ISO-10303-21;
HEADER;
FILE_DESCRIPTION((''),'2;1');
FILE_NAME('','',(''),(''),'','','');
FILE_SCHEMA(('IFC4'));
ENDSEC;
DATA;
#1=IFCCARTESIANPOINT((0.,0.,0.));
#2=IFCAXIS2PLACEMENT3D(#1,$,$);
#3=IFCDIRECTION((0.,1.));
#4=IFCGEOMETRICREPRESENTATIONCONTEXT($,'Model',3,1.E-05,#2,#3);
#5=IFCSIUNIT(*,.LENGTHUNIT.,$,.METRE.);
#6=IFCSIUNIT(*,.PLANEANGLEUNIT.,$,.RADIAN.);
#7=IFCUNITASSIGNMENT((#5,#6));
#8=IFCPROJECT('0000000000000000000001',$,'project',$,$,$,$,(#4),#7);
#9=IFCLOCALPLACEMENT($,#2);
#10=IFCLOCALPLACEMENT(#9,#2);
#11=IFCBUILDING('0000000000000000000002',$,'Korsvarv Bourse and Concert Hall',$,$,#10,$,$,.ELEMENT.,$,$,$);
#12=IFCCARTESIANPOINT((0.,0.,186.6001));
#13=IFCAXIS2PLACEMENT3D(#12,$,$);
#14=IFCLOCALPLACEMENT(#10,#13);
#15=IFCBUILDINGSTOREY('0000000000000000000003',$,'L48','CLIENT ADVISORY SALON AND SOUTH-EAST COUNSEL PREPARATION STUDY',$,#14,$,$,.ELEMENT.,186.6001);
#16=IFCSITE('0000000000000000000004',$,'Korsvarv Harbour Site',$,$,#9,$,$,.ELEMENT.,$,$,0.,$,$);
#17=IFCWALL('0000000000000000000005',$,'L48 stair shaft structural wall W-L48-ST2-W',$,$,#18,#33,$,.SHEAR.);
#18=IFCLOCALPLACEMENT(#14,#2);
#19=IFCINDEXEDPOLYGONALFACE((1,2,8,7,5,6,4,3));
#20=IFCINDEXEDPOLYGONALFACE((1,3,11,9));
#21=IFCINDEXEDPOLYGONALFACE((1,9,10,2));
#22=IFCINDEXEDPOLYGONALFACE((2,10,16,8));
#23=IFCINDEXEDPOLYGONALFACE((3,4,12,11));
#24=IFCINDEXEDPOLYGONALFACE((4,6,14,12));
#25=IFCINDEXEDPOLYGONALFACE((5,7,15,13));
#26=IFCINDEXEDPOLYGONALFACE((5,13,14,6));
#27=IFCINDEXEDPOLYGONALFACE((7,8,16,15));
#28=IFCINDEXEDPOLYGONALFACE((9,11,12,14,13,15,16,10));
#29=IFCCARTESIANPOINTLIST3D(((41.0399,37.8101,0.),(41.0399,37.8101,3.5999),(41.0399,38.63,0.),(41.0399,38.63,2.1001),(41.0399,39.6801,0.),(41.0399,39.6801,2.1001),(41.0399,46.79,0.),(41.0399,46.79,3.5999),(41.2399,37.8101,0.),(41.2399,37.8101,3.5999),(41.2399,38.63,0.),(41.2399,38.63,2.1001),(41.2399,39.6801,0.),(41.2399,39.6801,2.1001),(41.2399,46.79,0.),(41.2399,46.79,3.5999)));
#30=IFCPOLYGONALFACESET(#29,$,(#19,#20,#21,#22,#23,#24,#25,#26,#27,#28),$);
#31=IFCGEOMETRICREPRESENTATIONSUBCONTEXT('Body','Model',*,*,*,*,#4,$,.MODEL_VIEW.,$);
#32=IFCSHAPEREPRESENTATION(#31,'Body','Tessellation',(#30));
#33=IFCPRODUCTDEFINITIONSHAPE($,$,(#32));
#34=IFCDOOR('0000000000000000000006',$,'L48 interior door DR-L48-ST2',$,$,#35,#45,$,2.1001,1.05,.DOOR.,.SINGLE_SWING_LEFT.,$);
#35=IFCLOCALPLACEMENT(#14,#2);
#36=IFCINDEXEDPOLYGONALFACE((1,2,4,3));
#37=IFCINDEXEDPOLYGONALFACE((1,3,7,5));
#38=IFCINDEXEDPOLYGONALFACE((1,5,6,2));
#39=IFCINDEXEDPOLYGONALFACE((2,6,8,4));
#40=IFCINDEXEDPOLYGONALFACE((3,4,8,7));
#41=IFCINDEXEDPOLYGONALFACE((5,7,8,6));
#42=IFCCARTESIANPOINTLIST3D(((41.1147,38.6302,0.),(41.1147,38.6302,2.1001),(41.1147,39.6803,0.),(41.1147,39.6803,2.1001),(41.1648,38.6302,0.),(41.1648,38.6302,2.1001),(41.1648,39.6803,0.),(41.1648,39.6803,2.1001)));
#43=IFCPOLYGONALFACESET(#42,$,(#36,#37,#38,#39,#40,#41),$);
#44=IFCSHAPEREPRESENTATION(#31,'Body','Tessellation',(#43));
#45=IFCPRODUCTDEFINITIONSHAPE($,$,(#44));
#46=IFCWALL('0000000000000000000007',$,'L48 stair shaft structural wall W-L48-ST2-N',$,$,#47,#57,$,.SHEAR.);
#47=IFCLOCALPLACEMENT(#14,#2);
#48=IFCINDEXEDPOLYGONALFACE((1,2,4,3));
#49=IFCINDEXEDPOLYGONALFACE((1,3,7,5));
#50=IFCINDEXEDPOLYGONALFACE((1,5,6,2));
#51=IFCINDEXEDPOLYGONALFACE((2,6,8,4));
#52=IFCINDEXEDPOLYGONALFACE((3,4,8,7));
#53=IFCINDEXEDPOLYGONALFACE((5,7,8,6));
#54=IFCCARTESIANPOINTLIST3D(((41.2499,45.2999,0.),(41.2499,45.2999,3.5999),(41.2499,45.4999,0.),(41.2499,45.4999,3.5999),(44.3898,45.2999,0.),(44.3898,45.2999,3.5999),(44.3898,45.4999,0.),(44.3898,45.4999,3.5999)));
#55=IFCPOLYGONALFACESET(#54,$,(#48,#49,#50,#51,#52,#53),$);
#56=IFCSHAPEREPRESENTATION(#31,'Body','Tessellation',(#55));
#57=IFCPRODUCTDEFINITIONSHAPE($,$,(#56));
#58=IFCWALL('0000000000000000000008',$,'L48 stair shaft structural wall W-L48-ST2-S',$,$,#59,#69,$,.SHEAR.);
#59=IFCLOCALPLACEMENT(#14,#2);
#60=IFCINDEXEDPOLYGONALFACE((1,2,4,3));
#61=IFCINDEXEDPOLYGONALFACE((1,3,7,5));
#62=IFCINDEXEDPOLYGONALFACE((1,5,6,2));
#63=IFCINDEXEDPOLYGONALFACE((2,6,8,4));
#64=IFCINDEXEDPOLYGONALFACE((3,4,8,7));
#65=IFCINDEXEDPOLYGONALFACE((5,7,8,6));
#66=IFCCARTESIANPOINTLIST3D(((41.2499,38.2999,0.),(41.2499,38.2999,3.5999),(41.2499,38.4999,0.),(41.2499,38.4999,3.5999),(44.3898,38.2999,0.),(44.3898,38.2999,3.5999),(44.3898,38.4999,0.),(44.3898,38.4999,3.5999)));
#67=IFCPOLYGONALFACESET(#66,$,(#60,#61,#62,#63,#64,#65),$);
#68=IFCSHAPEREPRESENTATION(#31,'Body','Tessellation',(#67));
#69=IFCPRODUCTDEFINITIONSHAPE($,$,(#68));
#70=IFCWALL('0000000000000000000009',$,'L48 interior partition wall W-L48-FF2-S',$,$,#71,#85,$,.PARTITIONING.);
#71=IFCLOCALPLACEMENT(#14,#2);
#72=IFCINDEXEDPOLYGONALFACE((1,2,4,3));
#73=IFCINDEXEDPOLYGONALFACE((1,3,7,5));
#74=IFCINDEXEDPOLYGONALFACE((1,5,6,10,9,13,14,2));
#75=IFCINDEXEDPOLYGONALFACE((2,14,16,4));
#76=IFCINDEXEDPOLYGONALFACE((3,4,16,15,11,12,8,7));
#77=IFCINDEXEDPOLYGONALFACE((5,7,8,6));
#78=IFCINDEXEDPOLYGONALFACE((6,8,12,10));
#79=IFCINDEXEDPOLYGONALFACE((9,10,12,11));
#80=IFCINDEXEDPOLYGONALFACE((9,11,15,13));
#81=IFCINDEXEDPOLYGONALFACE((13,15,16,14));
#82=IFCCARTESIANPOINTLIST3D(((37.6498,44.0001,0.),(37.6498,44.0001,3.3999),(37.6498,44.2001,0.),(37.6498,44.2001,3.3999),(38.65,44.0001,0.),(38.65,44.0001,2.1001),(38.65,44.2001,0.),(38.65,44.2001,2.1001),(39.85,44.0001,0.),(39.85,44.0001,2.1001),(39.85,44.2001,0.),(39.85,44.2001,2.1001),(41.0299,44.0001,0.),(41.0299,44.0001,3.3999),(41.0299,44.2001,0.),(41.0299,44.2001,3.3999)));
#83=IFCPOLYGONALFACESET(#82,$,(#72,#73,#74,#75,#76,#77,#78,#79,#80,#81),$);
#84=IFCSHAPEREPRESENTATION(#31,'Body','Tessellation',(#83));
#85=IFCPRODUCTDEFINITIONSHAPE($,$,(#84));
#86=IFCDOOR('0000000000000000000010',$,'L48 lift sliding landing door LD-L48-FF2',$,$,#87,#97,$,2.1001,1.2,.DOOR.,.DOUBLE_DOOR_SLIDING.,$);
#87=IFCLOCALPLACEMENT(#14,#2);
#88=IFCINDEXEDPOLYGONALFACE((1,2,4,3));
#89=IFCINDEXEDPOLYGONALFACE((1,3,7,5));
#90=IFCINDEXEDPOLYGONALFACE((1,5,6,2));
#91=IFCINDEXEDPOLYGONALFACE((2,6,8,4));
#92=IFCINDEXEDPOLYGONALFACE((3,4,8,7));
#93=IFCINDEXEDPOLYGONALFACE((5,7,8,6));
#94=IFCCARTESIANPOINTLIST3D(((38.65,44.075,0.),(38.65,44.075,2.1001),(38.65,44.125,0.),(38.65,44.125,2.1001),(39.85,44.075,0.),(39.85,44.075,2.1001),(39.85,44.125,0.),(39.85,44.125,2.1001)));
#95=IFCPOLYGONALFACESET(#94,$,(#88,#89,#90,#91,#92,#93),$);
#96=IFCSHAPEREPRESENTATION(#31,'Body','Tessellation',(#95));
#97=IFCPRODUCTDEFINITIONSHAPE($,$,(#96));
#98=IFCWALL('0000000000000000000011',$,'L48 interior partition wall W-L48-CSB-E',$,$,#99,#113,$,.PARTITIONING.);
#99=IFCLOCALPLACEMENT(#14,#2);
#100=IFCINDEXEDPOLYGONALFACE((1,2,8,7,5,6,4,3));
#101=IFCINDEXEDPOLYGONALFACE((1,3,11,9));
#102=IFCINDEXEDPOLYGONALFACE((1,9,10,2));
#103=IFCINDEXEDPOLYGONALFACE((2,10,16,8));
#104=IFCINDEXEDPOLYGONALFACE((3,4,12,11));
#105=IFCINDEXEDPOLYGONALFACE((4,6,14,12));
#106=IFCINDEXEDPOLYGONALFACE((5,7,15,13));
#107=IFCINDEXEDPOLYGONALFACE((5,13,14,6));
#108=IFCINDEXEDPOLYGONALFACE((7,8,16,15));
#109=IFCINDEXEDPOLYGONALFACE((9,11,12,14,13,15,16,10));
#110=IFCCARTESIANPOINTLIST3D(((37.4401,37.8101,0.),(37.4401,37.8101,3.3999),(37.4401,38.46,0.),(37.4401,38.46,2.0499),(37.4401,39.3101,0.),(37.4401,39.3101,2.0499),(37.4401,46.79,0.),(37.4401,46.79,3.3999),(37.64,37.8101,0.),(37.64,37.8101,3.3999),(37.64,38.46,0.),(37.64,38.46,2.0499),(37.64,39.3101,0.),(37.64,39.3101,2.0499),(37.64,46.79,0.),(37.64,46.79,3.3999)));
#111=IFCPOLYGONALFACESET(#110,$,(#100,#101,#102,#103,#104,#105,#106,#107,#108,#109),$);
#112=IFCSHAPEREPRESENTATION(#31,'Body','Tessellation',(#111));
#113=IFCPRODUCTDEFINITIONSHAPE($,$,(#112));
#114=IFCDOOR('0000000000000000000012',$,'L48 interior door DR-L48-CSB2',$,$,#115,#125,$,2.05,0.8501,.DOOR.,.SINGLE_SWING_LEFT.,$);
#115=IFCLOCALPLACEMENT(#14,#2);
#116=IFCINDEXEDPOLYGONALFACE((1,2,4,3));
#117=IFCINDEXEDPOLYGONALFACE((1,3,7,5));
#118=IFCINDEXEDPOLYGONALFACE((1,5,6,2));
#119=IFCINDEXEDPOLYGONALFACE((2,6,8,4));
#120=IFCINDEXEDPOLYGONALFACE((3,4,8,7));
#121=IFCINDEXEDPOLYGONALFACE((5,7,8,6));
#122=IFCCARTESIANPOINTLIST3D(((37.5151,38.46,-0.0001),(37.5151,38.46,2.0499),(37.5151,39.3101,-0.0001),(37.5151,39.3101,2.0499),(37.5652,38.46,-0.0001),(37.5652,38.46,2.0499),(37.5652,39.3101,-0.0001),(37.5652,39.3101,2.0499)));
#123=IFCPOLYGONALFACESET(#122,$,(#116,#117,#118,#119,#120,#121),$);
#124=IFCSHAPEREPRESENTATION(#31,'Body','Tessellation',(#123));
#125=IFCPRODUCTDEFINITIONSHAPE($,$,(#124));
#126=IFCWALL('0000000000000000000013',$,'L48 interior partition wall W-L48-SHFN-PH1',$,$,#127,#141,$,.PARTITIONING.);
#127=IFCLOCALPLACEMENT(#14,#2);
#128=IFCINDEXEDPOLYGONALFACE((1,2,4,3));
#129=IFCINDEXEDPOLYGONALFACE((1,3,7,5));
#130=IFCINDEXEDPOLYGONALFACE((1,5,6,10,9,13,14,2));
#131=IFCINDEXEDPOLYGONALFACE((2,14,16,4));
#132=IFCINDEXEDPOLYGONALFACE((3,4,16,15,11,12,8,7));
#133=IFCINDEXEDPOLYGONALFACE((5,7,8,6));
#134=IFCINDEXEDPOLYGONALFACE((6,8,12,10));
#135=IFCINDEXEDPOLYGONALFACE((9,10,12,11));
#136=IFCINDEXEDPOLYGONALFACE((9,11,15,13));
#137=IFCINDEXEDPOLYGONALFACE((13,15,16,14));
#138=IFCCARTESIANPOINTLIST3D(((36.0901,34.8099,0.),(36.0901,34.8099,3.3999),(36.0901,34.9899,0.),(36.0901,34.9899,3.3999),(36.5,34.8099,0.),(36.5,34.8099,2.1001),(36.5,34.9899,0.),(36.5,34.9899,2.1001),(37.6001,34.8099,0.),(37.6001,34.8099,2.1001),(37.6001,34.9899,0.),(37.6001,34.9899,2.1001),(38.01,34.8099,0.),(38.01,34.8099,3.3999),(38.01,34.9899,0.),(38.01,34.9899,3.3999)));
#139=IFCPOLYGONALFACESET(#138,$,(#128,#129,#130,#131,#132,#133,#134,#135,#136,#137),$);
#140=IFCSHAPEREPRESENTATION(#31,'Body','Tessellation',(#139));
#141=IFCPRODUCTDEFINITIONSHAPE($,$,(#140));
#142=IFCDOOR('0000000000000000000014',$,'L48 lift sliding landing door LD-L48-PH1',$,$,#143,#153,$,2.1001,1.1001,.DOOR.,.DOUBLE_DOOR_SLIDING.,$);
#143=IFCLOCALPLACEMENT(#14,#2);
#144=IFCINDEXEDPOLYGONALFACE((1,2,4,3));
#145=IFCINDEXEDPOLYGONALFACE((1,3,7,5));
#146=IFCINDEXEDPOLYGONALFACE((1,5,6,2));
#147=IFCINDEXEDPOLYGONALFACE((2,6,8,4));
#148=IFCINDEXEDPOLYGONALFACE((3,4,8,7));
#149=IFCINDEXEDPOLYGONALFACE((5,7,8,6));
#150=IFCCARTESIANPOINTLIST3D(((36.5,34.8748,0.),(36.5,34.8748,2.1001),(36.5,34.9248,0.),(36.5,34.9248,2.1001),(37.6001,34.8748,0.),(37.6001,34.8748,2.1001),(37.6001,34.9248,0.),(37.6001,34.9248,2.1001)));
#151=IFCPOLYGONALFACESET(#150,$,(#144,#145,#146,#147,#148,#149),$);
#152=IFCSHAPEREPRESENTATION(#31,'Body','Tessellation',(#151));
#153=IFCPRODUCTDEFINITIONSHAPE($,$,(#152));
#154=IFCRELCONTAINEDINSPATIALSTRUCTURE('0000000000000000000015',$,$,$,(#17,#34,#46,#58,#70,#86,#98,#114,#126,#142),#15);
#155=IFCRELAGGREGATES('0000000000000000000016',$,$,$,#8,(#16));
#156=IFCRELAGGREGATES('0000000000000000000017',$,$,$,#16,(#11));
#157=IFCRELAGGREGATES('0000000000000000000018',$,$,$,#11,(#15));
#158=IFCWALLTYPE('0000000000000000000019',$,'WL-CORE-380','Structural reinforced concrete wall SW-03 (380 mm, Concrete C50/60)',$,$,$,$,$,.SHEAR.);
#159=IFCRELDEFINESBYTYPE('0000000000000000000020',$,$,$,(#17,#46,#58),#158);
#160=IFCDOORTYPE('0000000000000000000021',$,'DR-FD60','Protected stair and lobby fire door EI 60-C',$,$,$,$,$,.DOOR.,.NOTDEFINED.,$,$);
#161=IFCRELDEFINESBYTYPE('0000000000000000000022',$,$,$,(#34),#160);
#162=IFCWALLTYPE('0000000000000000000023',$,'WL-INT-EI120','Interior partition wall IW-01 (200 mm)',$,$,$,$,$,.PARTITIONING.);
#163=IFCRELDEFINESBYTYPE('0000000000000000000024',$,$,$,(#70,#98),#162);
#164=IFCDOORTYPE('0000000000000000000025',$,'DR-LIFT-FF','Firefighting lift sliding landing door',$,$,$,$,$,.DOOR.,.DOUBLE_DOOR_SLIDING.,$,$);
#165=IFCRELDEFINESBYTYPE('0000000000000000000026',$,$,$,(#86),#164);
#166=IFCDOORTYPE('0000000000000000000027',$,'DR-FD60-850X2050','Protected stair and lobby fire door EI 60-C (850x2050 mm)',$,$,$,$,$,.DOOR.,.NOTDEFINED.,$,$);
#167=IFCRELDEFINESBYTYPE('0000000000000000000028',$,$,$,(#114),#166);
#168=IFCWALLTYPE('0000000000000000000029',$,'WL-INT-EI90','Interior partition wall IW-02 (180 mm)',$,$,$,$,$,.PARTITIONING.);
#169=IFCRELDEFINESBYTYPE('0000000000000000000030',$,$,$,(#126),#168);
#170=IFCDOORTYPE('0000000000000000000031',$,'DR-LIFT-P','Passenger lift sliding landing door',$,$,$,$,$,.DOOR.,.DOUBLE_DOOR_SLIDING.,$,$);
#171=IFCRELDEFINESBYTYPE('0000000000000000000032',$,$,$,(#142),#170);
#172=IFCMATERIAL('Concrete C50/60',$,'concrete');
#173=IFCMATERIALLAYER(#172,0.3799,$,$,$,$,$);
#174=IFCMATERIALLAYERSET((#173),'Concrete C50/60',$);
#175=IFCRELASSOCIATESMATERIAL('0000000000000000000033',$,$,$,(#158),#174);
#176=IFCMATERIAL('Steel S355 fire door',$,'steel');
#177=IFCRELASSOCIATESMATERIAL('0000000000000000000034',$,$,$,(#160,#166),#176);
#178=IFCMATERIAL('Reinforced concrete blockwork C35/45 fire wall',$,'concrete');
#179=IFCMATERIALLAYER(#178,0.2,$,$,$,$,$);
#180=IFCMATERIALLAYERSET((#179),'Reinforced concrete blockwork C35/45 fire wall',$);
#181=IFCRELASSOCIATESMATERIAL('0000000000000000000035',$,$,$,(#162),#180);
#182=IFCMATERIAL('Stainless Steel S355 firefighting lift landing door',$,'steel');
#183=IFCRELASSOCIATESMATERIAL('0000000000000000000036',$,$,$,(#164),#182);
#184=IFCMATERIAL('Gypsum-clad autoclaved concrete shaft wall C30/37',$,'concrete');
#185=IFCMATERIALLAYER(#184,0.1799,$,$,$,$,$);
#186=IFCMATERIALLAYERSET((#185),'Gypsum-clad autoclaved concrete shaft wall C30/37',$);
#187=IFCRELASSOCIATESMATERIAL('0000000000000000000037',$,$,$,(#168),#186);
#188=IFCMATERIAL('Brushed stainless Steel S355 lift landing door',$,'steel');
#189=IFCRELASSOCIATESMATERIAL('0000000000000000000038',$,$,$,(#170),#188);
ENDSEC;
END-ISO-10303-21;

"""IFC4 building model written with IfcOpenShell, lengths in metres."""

from ifc_helpers import new_model, si_unit, direction, frame, frame_2d, origin, place, context, subcontext, project, spatial, rectangle, extrude, material, layer, layer_set, type_object, element, fill, save


model = new_model("IFC4")

# Units and contexts
model_context = context("Model", 3, precision=1e-05, world=origin(), true_north=direction((0.0, 1.0)))
body_context = subcontext(model_context, "Body", "Model", "MODEL_VIEW")
ifc_project = project(units=[si_unit("LENGTHUNIT", "METRE"), si_unit("PLANEANGLEUNIT", "RADIAN")], contexts=[model_context])

# Site, building, storey
site_placement = place(None, origin())
site = spatial("IfcSite", under=ifc_project, at=site_placement, Name="Korsvarv Harbour Site", CompositionType="ELEMENT", RefElevation=0.0)
building_placement = place(site_placement, origin())
building = spatial("IfcBuilding", under=site, at=building_placement, Name="Korsvarv Bourse and Concert Hall", CompositionType="ELEMENT")
storey_placement = place(building_placement, frame((0.0, 0.0, 186.6001)))
storey = spatial("IfcBuildingStorey", under=building, at=storey_placement, Name="L48", Description="CLIENT ADVISORY SALON AND SOUTH-EAST COUNSEL PREPARATION STUDY", CompositionType="ELEMENT", Elevation=186.6001)

# Wall, opening, door
ifc_material_1 = material(Name="Concrete C50/60", Category="concrete")
ifc_layer_1 = layer(ifc_material_1, 0.3799)
ifc_layer_set_1 = layer_set([ifc_layer_1], Name="Concrete C50/60")
wall_type_1 = type_object("IfcWallType", Name="WL-CORE-380", Description="Structural reinforced concrete wall SW-03 (380 mm, Concrete C50/60)", PredefinedType="SHEAR", material=ifc_layer_set_1)
wall_1_placement = place(storey_placement, frame((41.1399, 37.8101, 0.0), z_axis=(0.0, 0.0, 1.0), x_axis=(0.0, 1.0, 0.0)))
wall_1 = element("IfcWall", 1, at=wall_1_placement, inside=storey, type_object=wall_type_1, Name="L48 stair shaft structural wall W-L48-ST2-W", PredefinedType="SHEAR", context=body_context, shape_type="SweptSolid", body=[
    extrude(rectangle(XDim=8.98, YDim=0.2, at=frame_2d((4.49, 0.0))), origin(), (0.0, 0.0, 1.0), 3.5999),
])
opening_1_placement = place(wall_1_placement, frame((0.8201, 0.0, 0.0)))
opening_1 = element("IfcOpeningElement", 2, at=opening_1_placement, cuts=wall_1, PredefinedType="OPENING", context=body_context, shape_type="SweptSolid", body=[
    extrude(rectangle(XDim=1.05, YDim=2.1001, at=frame_2d((0.5249, 1.05))), frame((0.0, 0.1099, 0.0), z_axis=(0.0, -1.0, 0.0), x_axis=(1.0, 0.0, 0.0)), (0.0, 0.0, 1.0), 0.22),
])
ifc_material_2 = material(Name="Steel S355 fire door", Category="steel")
door_type_1 = type_object("IfcDoorType", Name="DR-FD60", Description="Protected stair and lobby fire door EI 60-C", OperationType="NOTDEFINED", PredefinedType="DOOR", material=ifc_material_2)
door_1_placement = place(opening_1_placement, frame((1.05, 0.0, 0.0), z_axis=(0.0, 0.0, 1.0), x_axis=(-1.0, 0.0, 0.0)))
door_1 = element("IfcDoor", 3, at=door_1_placement, inside=storey, type_object=door_type_1, Name="L48 interior door DR-L48-ST2", OperationType="SINGLE_SWING_LEFT", OverallHeight=2.1001, OverallWidth=1.05, PredefinedType="DOOR", context=body_context, shape_type="SweptSolid", body=[
    extrude(rectangle(XDim=1.05, YDim=2.1001, at=frame_2d((0.5249, 1.05))), frame((0.0, 0.0249, 0.0), z_axis=(0.0, -1.0, 0.0), x_axis=(1.0, 0.0, 0.0)), (0.0, 0.0, 1.0), 0.05),
])
fill(opening_1, door_1)

# Walls
for number, where, z_axis, x_axis, name in (
    (4, (41.25, 45.3999, 0.0), (0.0, 0.0, 1.0), (1.0, 0.0, 0.0), "L48 stair shaft structural wall W-L48-ST2-N"),
    (5, (41.25, 38.3999, 0.0), (0.0, 0.0, 1.0), (1.0, 0.0, 0.0), "L48 stair shaft structural wall W-L48-ST2-S"),
):
    element("IfcWall", number, at=place(storey_placement, frame(where, z_axis=z_axis, x_axis=x_axis)), inside=storey, type_object=wall_type_1, Name=name, PredefinedType="SHEAR", context=body_context, shape_type="SweptSolid", body=[
        extrude(rectangle(XDim=3.1399, YDim=0.2, at=frame_2d((1.5698, 0.0))), origin(), (0.0, 0.0, 1.0), 3.5999),
    ])

# Walls, openings, doors
ifc_material_3 = material(Name="Reinforced concrete blockwork C35/45 fire wall", Category="concrete")
ifc_layer_2 = layer(ifc_material_3, 0.2)
ifc_layer_set_2 = layer_set([ifc_layer_2], Name="Reinforced concrete blockwork C35/45 fire wall")
wall_type_2 = type_object("IfcWallType", Name="WL-INT-EI120", Description="Interior partition wall IW-01 (200 mm)", PredefinedType="PARTITIONING", material=ifc_layer_set_2)
wall_2_placement = place(storey_placement, frame((37.6499, 44.1001, 0.0), z_axis=(0.0, 0.0, 1.0), x_axis=(1.0, 0.0, 0.0)))
wall_2 = element("IfcWall", 6, at=wall_2_placement, inside=storey, type_object=wall_type_2, Name="L48 interior partition wall W-L48-FF2-S", PredefinedType="PARTITIONING", context=body_context, shape_type="SweptSolid", body=[
    extrude(rectangle(XDim=3.3801, YDim=0.2, at=frame_2d((1.6899, 0.0))), origin(), (0.0, 0.0, 1.0), 3.3999),
])
opening_2_placement = place(wall_2_placement, frame((1.0, 0.0, 0.0)))
opening_2 = element("IfcOpeningElement", 7, at=opening_2_placement, cuts=wall_2, PredefinedType="OPENING", context=body_context, shape_type="SweptSolid", body=[
    extrude(rectangle(XDim=1.2, YDim=2.1001, at=frame_2d((0.6001, 1.05))), frame((0.0, 0.1099, 0.0), z_axis=(0.0, -1.0, 0.0), x_axis=(1.0, 0.0, 0.0)), (0.0, 0.0, 1.0), 0.22),
])
ifc_material_4 = material(Name="Stainless Steel S355 firefighting lift landing door", Category="steel")
door_type_2 = type_object("IfcDoorType", Name="DR-LIFT-FF", Description="Firefighting lift sliding landing door", OperationType="DOUBLE_DOOR_SLIDING", PredefinedType="DOOR", material=ifc_material_4)
door_2_placement = place(opening_2_placement, origin())
door_2 = element("IfcDoor", 8, at=door_2_placement, inside=storey, type_object=door_type_2, Name="L48 lift sliding landing door LD-L48-FF2", OperationType="DOUBLE_DOOR_SLIDING", OverallHeight=2.1001, OverallWidth=1.2, PredefinedType="DOOR", context=body_context, shape_type="SweptSolid", body=[
    extrude(rectangle(XDim=1.2, YDim=2.1001, at=frame_2d((0.6001, 1.05))), frame((0.0, 0.0249, 0.0), z_axis=(0.0, -1.0, 0.0), x_axis=(1.0, 0.0, 0.0)), (0.0, 0.0, 1.0), 0.05),
])
fill(opening_2, door_2)
wall_3_placement = place(storey_placement, frame((37.54, 37.8101, 0.0), z_axis=(0.0, 0.0, 1.0), x_axis=(0.0, 1.0, 0.0)))
wall_3 = element("IfcWall", 9, at=wall_3_placement, inside=storey, type_object=wall_type_2, Name="L48 interior partition wall W-L48-CSB-E", PredefinedType="PARTITIONING", context=body_context, shape_type="SweptSolid", body=[
    extrude(rectangle(XDim=8.98, YDim=0.2, at=frame_2d((4.49, 0.0))), origin(), (0.0, 0.0, 1.0), 3.3999),
])
opening_3_placement = place(wall_3_placement, frame((0.6499, 0.0, 0.0)))
opening_3 = element("IfcOpeningElement", 10, at=opening_3_placement, cuts=wall_3, PredefinedType="OPENING", context=body_context, shape_type="SweptSolid", body=[
    extrude(rectangle(XDim=0.8501, YDim=2.05, at=frame_2d((0.425, 1.0249))), frame((0.0, 0.1099, 0.0), z_axis=(0.0, -1.0, 0.0), x_axis=(1.0, 0.0, 0.0)), (0.0, 0.0, 1.0), 0.22),
])
door_type_3 = type_object("IfcDoorType", Name="DR-FD60-850X2050", Description="Protected stair and lobby fire door EI 60-C (850x2050 mm)", OperationType="NOTDEFINED", PredefinedType="DOOR", material=ifc_material_2)
door_3_placement = place(opening_3_placement, origin())
door_3 = element("IfcDoor", 11, at=door_3_placement, inside=storey, type_object=door_type_3, Name="L48 interior door DR-L48-CSB2", OperationType="SINGLE_SWING_LEFT", OverallHeight=2.05, OverallWidth=0.8501, PredefinedType="DOOR", context=body_context, shape_type="SweptSolid", body=[
    extrude(rectangle(XDim=0.8501, YDim=2.05, at=frame_2d((0.425, 1.0249))), frame((0.0, 0.0249, 0.0), z_axis=(0.0, -1.0, 0.0), x_axis=(1.0, 0.0, 0.0)), (0.0, 0.0, 1.0), 0.05),
])
fill(opening_3, door_3)
ifc_material_5 = material(Name="Gypsum-clad autoclaved concrete shaft wall C30/37", Category="concrete")
ifc_layer_3 = layer(ifc_material_5, 0.1799)
ifc_layer_set_3 = layer_set([ifc_layer_3], Name="Gypsum-clad autoclaved concrete shaft wall C30/37")
wall_type_3 = type_object("IfcWallType", Name="WL-INT-EI90", Description="Interior partition wall IW-02 (180 mm)", PredefinedType="PARTITIONING", material=ifc_layer_set_3)
wall_4_placement = place(storey_placement, frame((36.0901, 34.8999, 0.0), z_axis=(0.0, 0.0, 1.0), x_axis=(1.0, 0.0, 0.0)))
wall_4 = element("IfcWall", 12, at=wall_4_placement, inside=storey, type_object=wall_type_3, Name="L48 interior partition wall W-L48-SHFN-PH1", PredefinedType="PARTITIONING", context=body_context, shape_type="SweptSolid", body=[
    extrude(rectangle(XDim=1.9199, YDim=0.1799, at=frame_2d((0.96, 0.0))), origin(), (0.0, 0.0, 1.0), 3.3999),
])
opening_4_placement = place(wall_4_placement, frame((0.4099, 0.0, 0.0)))
opening_4 = element("IfcOpeningElement", 13, at=opening_4_placement, cuts=wall_4, PredefinedType="OPENING", context=body_context, shape_type="SweptSolid", body=[
    extrude(rectangle(XDim=1.1001, YDim=2.1001, at=frame_2d((0.55, 1.05))), frame((0.0, 0.1001, 0.0), z_axis=(0.0, -1.0, 0.0), x_axis=(1.0, 0.0, 0.0)), (0.0, 0.0, 1.0), 0.2),
])
ifc_material_6 = material(Name="Brushed stainless Steel S355 lift landing door", Category="steel")
door_type_4 = type_object("IfcDoorType", Name="DR-LIFT-P", Description="Passenger lift sliding landing door", OperationType="DOUBLE_DOOR_SLIDING", PredefinedType="DOOR", material=ifc_material_6)
door_4_placement = place(opening_4_placement, origin())
door_4 = element("IfcDoor", 14, at=door_4_placement, inside=storey, type_object=door_type_4, Name="L48 lift sliding landing door LD-L48-PH1", OperationType="DOUBLE_DOOR_SLIDING", OverallHeight=2.1001, OverallWidth=1.1001, PredefinedType="DOOR", context=body_context, shape_type="SweptSolid", body=[
    extrude(rectangle(XDim=1.1001, YDim=2.1001, at=frame_2d((0.55, 1.05))), frame((0.0, 0.0249, 0.0), z_axis=(0.0, -1.0, 0.0), x_axis=(1.0, 0.0, 0.0)), (0.0, 0.0, 1.0), 0.05),
])
fill(opening_4, door_4)

save(model, "model.ifc")
